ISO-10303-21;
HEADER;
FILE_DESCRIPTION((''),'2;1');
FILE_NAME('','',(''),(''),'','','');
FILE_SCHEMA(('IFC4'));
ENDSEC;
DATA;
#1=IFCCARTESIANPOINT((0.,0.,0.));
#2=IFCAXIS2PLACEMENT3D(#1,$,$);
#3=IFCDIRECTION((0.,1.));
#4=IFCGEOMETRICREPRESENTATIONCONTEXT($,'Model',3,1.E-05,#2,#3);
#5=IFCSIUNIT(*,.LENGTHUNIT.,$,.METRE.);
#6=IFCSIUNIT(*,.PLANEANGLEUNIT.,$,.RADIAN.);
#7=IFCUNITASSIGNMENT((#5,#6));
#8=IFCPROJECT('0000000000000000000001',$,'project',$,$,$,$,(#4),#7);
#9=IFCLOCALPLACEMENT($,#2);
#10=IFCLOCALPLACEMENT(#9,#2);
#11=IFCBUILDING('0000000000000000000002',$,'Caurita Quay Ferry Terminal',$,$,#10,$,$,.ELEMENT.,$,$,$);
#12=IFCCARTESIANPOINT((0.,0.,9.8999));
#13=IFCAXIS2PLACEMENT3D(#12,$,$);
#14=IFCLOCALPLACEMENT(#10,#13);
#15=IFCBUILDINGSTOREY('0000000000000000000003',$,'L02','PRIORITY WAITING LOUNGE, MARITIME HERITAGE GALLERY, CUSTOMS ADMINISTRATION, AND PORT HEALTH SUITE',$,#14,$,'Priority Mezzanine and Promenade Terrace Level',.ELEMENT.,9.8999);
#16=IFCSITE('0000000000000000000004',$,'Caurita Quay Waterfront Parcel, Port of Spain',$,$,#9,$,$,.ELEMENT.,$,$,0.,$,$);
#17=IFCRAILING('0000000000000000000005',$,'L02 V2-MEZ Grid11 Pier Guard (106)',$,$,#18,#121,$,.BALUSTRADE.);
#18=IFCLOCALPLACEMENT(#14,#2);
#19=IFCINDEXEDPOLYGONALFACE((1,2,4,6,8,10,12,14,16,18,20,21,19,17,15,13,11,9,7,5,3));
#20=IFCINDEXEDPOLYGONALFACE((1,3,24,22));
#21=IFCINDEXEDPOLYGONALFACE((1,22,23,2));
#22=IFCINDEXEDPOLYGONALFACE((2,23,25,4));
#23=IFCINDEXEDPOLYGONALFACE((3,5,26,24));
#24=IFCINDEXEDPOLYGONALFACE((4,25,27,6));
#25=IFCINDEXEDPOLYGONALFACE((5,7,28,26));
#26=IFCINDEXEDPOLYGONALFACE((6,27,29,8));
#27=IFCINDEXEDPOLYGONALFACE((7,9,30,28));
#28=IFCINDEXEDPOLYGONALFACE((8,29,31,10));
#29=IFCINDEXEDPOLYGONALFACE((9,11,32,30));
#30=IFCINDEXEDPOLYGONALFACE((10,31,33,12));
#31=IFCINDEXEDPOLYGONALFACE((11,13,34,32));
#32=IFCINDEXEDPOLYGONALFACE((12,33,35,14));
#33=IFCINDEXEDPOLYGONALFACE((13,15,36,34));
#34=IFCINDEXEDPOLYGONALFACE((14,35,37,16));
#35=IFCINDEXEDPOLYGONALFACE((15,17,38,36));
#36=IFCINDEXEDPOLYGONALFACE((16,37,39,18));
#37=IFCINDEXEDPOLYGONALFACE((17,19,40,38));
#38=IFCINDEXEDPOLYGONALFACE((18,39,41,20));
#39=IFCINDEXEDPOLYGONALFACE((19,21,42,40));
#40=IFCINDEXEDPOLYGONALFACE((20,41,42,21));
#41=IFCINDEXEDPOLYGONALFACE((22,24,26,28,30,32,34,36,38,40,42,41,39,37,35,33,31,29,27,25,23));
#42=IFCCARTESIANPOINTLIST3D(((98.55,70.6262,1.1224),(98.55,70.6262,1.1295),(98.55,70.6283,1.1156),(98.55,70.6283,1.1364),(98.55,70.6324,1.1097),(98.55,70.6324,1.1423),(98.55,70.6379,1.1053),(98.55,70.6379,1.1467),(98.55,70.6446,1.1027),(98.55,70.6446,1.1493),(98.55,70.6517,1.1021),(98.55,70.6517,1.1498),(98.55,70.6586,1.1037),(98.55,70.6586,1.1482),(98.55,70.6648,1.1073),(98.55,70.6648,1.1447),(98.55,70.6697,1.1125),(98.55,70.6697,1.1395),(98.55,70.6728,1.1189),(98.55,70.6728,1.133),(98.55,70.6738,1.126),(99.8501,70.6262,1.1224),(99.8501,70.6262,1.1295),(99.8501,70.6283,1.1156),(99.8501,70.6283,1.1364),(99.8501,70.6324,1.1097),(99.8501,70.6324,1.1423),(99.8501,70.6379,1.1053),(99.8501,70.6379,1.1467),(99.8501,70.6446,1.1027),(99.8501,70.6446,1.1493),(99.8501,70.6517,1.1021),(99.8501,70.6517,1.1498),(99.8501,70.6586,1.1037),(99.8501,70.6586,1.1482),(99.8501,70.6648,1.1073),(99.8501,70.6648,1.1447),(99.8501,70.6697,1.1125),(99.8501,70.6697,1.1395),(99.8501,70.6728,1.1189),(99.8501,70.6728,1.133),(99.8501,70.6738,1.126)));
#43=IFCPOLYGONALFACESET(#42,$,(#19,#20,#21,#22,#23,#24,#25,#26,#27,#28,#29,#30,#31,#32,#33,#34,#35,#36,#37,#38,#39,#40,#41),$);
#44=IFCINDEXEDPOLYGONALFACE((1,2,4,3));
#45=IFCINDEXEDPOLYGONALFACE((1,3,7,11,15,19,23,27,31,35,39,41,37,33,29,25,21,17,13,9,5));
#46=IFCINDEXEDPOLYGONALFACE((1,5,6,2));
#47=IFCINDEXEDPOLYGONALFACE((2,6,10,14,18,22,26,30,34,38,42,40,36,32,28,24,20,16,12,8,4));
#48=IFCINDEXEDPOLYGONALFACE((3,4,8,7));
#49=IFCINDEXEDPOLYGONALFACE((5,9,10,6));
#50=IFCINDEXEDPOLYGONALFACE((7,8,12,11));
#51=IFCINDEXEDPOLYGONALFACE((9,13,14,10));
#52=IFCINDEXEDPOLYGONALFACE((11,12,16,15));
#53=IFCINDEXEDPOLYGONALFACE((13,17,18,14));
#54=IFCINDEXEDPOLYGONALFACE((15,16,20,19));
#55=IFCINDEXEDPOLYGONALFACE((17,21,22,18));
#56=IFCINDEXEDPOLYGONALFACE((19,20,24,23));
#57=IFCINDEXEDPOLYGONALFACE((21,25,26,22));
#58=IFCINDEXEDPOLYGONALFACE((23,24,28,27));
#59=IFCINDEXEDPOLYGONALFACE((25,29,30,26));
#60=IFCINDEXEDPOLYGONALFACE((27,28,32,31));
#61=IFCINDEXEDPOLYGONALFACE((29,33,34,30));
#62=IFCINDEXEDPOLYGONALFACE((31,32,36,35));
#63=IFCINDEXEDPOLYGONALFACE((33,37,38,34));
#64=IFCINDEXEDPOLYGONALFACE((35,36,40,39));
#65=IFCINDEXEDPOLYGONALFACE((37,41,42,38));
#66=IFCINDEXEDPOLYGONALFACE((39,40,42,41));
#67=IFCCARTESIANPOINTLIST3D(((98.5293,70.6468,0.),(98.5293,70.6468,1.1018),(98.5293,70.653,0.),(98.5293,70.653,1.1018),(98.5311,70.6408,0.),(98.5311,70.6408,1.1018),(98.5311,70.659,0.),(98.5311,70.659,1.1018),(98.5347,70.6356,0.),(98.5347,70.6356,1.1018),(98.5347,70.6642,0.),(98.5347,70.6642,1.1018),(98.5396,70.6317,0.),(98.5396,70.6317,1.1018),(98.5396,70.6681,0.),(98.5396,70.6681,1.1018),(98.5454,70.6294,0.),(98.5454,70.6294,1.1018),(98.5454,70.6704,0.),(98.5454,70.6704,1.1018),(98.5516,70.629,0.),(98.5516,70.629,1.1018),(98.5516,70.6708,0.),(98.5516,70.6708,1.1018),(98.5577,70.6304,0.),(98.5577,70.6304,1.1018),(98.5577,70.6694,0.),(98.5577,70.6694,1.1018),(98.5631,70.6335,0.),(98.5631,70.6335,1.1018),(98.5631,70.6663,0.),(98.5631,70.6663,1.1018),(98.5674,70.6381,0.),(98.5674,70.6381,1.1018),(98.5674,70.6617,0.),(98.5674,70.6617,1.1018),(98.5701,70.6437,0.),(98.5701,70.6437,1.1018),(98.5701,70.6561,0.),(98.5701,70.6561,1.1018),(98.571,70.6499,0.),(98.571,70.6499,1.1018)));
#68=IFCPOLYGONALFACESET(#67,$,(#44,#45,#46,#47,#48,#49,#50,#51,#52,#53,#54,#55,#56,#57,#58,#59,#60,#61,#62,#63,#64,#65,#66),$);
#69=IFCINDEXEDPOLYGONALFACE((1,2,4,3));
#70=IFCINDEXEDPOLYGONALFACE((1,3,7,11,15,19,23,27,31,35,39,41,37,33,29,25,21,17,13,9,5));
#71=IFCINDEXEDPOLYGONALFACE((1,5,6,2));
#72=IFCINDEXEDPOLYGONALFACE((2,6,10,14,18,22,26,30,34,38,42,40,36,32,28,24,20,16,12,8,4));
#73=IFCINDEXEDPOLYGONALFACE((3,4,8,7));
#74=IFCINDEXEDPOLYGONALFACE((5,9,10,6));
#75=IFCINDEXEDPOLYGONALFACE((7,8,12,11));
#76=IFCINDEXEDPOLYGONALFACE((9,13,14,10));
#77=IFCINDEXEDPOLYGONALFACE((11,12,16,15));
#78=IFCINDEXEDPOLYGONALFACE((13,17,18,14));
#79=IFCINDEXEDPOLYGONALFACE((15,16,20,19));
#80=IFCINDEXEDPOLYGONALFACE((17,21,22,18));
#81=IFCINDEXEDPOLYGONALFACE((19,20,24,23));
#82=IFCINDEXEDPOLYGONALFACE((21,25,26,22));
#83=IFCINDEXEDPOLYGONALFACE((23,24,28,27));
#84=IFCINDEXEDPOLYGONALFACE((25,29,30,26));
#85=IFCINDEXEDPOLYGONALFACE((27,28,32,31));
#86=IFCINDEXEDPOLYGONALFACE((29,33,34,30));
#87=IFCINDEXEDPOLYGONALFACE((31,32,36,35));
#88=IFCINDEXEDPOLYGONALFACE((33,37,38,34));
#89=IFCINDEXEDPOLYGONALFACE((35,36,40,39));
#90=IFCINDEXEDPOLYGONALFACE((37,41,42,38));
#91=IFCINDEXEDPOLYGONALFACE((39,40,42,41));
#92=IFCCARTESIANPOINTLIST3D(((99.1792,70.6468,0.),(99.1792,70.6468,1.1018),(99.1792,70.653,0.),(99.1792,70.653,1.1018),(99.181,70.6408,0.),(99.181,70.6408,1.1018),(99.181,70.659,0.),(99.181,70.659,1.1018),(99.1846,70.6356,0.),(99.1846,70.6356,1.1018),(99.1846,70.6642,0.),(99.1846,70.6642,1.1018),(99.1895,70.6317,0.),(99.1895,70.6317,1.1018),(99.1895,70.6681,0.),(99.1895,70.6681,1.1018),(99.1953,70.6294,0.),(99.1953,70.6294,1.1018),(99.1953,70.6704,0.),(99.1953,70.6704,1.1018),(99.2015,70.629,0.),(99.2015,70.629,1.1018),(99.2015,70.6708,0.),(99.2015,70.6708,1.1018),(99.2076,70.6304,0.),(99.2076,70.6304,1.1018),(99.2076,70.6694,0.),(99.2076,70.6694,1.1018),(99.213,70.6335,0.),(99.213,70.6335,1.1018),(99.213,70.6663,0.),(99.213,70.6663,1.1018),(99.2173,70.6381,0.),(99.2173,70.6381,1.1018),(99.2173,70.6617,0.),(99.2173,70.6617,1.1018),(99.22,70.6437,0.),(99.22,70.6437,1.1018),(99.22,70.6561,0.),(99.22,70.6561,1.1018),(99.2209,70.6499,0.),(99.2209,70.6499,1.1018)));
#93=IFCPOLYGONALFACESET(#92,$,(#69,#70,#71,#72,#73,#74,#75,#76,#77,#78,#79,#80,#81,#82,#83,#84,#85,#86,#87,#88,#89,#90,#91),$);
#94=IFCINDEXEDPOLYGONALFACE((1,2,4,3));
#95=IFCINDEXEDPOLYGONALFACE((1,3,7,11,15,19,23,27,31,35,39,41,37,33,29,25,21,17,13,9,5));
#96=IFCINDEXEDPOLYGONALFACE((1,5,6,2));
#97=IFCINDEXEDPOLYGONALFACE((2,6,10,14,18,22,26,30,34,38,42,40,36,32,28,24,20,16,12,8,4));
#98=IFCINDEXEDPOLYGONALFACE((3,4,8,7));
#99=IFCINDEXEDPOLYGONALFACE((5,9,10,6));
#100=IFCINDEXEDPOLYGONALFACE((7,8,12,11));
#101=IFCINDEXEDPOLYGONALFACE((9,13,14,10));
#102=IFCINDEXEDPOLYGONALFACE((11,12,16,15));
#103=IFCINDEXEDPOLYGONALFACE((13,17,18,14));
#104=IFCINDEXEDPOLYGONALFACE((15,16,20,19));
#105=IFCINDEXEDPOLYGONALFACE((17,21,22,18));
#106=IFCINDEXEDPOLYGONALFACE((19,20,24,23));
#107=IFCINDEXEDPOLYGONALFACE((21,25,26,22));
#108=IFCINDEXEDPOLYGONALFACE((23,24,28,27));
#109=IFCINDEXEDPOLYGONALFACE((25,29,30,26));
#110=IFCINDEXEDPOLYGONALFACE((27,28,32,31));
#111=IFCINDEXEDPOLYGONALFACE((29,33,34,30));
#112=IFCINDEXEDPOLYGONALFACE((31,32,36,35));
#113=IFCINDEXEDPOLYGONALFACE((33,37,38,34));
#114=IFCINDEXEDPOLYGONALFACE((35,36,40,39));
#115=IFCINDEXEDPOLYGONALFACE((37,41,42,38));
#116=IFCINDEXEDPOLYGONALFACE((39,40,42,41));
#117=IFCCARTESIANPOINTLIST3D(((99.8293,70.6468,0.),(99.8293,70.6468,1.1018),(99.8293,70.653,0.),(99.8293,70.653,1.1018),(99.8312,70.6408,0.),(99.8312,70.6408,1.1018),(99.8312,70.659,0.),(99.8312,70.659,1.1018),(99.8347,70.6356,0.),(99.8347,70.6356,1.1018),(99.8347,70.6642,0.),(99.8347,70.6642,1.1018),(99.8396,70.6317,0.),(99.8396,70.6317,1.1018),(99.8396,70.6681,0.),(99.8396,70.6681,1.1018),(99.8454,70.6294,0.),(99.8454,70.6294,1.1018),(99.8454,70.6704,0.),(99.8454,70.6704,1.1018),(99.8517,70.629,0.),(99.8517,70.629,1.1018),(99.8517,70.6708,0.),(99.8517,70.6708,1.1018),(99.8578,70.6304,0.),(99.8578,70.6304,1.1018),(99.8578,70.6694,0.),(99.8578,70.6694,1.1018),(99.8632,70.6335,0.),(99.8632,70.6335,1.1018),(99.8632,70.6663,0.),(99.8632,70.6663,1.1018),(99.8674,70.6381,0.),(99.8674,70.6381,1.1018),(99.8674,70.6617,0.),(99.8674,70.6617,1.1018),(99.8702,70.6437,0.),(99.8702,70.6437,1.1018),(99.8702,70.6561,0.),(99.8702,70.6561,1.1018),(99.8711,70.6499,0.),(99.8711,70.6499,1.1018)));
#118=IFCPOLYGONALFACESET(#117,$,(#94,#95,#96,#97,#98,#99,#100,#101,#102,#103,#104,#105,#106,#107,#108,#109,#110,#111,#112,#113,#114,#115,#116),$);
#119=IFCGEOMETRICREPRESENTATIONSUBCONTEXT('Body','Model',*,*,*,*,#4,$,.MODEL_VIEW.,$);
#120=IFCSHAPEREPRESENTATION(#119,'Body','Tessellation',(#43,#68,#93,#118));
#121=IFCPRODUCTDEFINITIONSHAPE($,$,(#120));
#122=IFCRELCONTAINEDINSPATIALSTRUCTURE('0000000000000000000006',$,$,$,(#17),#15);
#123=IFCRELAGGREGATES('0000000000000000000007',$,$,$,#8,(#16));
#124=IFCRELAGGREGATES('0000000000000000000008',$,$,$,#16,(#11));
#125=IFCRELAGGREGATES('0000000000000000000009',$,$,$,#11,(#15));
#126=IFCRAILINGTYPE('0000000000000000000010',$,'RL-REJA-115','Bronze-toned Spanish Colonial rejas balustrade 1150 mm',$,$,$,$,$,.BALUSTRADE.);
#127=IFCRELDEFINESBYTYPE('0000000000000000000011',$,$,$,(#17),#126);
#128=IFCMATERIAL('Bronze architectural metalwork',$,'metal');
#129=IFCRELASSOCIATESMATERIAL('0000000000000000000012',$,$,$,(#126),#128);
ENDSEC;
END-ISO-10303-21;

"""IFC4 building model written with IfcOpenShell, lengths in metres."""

from ifc_helpers import new_model, si_unit, direction, frame, origin, origin_2d, place, context, subcontext, project, spatial, circle, extrude, material, type_object, element, save


model = new_model("IFC4")

# Units and contexts
model_context = context("Model", 3, precision=1e-05, world=origin(), true_north=direction((0.0, 1.0)))
body_context = subcontext(model_context, "Body", "Model", "MODEL_VIEW")
ifc_project = project(units=[si_unit("LENGTHUNIT", "METRE"), si_unit("PLANEANGLEUNIT", "RADIAN")], contexts=[model_context])

# Site, building, storey
site_placement = place(None, origin())
site = spatial("IfcSite", under=ifc_project, at=site_placement, Name="Caurita Quay Waterfront Parcel, Port of Spain", CompositionType="ELEMENT", RefElevation=0.0)
building_placement = place(site_placement, origin())
building = spatial("IfcBuilding", under=site, at=building_placement, Name="Caurita Quay Ferry Terminal", CompositionType="ELEMENT")
storey_placement = place(building_placement, frame((0.0, 0.0, 9.8999)))
storey = spatial("IfcBuildingStorey", under=building, at=storey_placement, Name="L02", Description="PRIORITY WAITING LOUNGE, MARITIME HERITAGE GALLERY, CUSTOMS ADMINISTRATION, AND PORT HEALTH SUITE", LongName="Priority Mezzanine and Promenade Terrace Level", CompositionType="ELEMENT", Elevation=9.8999)

# Shared definitions
ifc_material_1 = material(Name="Bronze architectural metalwork", Category="metal")

# Railing
railing_type = type_object("IfcRailingType", Name="RL-REJA-115", Description="Bronze-toned Spanish Colonial rejas balustrade 1150 mm", PredefinedType="BALUSTRADE", material=ifc_material_1)
railing_1_placement = place(storey_placement, frame((98.55, 70.6499, 0.0)))
element("IfcRailing", 1, at=railing_1_placement, inside=storey, type_object=railing_type, Name="L02 V2-MEZ Grid11 Pier Guard (106)", PredefinedType="BALUSTRADE", context=body_context, shape_type="SweptSolid", body=[
    extrude(circle(Radius=0.0239, at=origin_2d()), frame((0.0, 0.0, 1.126), z_axis=(1.0, 0.0, 0.0), x_axis=(0.0, 1.0, 0.0)), (0.0, 0.0, 1.0), 1.3),
    extrude(circle(Radius=0.021, at=origin_2d()), origin(), (0.0, 0.0, 1.0), 1.1018),
    extrude(circle(Radius=0.021, at=origin_2d()), frame((0.6499, 0.0, 0.0)), (0.0, 0.0, 1.0), 1.1018),
    extrude(circle(Radius=0.021, at=origin_2d()), frame((1.3, 0.0, 0.0)), (0.0, 0.0, 1.0), 1.1018),
])

save(model, "model.ifc")
